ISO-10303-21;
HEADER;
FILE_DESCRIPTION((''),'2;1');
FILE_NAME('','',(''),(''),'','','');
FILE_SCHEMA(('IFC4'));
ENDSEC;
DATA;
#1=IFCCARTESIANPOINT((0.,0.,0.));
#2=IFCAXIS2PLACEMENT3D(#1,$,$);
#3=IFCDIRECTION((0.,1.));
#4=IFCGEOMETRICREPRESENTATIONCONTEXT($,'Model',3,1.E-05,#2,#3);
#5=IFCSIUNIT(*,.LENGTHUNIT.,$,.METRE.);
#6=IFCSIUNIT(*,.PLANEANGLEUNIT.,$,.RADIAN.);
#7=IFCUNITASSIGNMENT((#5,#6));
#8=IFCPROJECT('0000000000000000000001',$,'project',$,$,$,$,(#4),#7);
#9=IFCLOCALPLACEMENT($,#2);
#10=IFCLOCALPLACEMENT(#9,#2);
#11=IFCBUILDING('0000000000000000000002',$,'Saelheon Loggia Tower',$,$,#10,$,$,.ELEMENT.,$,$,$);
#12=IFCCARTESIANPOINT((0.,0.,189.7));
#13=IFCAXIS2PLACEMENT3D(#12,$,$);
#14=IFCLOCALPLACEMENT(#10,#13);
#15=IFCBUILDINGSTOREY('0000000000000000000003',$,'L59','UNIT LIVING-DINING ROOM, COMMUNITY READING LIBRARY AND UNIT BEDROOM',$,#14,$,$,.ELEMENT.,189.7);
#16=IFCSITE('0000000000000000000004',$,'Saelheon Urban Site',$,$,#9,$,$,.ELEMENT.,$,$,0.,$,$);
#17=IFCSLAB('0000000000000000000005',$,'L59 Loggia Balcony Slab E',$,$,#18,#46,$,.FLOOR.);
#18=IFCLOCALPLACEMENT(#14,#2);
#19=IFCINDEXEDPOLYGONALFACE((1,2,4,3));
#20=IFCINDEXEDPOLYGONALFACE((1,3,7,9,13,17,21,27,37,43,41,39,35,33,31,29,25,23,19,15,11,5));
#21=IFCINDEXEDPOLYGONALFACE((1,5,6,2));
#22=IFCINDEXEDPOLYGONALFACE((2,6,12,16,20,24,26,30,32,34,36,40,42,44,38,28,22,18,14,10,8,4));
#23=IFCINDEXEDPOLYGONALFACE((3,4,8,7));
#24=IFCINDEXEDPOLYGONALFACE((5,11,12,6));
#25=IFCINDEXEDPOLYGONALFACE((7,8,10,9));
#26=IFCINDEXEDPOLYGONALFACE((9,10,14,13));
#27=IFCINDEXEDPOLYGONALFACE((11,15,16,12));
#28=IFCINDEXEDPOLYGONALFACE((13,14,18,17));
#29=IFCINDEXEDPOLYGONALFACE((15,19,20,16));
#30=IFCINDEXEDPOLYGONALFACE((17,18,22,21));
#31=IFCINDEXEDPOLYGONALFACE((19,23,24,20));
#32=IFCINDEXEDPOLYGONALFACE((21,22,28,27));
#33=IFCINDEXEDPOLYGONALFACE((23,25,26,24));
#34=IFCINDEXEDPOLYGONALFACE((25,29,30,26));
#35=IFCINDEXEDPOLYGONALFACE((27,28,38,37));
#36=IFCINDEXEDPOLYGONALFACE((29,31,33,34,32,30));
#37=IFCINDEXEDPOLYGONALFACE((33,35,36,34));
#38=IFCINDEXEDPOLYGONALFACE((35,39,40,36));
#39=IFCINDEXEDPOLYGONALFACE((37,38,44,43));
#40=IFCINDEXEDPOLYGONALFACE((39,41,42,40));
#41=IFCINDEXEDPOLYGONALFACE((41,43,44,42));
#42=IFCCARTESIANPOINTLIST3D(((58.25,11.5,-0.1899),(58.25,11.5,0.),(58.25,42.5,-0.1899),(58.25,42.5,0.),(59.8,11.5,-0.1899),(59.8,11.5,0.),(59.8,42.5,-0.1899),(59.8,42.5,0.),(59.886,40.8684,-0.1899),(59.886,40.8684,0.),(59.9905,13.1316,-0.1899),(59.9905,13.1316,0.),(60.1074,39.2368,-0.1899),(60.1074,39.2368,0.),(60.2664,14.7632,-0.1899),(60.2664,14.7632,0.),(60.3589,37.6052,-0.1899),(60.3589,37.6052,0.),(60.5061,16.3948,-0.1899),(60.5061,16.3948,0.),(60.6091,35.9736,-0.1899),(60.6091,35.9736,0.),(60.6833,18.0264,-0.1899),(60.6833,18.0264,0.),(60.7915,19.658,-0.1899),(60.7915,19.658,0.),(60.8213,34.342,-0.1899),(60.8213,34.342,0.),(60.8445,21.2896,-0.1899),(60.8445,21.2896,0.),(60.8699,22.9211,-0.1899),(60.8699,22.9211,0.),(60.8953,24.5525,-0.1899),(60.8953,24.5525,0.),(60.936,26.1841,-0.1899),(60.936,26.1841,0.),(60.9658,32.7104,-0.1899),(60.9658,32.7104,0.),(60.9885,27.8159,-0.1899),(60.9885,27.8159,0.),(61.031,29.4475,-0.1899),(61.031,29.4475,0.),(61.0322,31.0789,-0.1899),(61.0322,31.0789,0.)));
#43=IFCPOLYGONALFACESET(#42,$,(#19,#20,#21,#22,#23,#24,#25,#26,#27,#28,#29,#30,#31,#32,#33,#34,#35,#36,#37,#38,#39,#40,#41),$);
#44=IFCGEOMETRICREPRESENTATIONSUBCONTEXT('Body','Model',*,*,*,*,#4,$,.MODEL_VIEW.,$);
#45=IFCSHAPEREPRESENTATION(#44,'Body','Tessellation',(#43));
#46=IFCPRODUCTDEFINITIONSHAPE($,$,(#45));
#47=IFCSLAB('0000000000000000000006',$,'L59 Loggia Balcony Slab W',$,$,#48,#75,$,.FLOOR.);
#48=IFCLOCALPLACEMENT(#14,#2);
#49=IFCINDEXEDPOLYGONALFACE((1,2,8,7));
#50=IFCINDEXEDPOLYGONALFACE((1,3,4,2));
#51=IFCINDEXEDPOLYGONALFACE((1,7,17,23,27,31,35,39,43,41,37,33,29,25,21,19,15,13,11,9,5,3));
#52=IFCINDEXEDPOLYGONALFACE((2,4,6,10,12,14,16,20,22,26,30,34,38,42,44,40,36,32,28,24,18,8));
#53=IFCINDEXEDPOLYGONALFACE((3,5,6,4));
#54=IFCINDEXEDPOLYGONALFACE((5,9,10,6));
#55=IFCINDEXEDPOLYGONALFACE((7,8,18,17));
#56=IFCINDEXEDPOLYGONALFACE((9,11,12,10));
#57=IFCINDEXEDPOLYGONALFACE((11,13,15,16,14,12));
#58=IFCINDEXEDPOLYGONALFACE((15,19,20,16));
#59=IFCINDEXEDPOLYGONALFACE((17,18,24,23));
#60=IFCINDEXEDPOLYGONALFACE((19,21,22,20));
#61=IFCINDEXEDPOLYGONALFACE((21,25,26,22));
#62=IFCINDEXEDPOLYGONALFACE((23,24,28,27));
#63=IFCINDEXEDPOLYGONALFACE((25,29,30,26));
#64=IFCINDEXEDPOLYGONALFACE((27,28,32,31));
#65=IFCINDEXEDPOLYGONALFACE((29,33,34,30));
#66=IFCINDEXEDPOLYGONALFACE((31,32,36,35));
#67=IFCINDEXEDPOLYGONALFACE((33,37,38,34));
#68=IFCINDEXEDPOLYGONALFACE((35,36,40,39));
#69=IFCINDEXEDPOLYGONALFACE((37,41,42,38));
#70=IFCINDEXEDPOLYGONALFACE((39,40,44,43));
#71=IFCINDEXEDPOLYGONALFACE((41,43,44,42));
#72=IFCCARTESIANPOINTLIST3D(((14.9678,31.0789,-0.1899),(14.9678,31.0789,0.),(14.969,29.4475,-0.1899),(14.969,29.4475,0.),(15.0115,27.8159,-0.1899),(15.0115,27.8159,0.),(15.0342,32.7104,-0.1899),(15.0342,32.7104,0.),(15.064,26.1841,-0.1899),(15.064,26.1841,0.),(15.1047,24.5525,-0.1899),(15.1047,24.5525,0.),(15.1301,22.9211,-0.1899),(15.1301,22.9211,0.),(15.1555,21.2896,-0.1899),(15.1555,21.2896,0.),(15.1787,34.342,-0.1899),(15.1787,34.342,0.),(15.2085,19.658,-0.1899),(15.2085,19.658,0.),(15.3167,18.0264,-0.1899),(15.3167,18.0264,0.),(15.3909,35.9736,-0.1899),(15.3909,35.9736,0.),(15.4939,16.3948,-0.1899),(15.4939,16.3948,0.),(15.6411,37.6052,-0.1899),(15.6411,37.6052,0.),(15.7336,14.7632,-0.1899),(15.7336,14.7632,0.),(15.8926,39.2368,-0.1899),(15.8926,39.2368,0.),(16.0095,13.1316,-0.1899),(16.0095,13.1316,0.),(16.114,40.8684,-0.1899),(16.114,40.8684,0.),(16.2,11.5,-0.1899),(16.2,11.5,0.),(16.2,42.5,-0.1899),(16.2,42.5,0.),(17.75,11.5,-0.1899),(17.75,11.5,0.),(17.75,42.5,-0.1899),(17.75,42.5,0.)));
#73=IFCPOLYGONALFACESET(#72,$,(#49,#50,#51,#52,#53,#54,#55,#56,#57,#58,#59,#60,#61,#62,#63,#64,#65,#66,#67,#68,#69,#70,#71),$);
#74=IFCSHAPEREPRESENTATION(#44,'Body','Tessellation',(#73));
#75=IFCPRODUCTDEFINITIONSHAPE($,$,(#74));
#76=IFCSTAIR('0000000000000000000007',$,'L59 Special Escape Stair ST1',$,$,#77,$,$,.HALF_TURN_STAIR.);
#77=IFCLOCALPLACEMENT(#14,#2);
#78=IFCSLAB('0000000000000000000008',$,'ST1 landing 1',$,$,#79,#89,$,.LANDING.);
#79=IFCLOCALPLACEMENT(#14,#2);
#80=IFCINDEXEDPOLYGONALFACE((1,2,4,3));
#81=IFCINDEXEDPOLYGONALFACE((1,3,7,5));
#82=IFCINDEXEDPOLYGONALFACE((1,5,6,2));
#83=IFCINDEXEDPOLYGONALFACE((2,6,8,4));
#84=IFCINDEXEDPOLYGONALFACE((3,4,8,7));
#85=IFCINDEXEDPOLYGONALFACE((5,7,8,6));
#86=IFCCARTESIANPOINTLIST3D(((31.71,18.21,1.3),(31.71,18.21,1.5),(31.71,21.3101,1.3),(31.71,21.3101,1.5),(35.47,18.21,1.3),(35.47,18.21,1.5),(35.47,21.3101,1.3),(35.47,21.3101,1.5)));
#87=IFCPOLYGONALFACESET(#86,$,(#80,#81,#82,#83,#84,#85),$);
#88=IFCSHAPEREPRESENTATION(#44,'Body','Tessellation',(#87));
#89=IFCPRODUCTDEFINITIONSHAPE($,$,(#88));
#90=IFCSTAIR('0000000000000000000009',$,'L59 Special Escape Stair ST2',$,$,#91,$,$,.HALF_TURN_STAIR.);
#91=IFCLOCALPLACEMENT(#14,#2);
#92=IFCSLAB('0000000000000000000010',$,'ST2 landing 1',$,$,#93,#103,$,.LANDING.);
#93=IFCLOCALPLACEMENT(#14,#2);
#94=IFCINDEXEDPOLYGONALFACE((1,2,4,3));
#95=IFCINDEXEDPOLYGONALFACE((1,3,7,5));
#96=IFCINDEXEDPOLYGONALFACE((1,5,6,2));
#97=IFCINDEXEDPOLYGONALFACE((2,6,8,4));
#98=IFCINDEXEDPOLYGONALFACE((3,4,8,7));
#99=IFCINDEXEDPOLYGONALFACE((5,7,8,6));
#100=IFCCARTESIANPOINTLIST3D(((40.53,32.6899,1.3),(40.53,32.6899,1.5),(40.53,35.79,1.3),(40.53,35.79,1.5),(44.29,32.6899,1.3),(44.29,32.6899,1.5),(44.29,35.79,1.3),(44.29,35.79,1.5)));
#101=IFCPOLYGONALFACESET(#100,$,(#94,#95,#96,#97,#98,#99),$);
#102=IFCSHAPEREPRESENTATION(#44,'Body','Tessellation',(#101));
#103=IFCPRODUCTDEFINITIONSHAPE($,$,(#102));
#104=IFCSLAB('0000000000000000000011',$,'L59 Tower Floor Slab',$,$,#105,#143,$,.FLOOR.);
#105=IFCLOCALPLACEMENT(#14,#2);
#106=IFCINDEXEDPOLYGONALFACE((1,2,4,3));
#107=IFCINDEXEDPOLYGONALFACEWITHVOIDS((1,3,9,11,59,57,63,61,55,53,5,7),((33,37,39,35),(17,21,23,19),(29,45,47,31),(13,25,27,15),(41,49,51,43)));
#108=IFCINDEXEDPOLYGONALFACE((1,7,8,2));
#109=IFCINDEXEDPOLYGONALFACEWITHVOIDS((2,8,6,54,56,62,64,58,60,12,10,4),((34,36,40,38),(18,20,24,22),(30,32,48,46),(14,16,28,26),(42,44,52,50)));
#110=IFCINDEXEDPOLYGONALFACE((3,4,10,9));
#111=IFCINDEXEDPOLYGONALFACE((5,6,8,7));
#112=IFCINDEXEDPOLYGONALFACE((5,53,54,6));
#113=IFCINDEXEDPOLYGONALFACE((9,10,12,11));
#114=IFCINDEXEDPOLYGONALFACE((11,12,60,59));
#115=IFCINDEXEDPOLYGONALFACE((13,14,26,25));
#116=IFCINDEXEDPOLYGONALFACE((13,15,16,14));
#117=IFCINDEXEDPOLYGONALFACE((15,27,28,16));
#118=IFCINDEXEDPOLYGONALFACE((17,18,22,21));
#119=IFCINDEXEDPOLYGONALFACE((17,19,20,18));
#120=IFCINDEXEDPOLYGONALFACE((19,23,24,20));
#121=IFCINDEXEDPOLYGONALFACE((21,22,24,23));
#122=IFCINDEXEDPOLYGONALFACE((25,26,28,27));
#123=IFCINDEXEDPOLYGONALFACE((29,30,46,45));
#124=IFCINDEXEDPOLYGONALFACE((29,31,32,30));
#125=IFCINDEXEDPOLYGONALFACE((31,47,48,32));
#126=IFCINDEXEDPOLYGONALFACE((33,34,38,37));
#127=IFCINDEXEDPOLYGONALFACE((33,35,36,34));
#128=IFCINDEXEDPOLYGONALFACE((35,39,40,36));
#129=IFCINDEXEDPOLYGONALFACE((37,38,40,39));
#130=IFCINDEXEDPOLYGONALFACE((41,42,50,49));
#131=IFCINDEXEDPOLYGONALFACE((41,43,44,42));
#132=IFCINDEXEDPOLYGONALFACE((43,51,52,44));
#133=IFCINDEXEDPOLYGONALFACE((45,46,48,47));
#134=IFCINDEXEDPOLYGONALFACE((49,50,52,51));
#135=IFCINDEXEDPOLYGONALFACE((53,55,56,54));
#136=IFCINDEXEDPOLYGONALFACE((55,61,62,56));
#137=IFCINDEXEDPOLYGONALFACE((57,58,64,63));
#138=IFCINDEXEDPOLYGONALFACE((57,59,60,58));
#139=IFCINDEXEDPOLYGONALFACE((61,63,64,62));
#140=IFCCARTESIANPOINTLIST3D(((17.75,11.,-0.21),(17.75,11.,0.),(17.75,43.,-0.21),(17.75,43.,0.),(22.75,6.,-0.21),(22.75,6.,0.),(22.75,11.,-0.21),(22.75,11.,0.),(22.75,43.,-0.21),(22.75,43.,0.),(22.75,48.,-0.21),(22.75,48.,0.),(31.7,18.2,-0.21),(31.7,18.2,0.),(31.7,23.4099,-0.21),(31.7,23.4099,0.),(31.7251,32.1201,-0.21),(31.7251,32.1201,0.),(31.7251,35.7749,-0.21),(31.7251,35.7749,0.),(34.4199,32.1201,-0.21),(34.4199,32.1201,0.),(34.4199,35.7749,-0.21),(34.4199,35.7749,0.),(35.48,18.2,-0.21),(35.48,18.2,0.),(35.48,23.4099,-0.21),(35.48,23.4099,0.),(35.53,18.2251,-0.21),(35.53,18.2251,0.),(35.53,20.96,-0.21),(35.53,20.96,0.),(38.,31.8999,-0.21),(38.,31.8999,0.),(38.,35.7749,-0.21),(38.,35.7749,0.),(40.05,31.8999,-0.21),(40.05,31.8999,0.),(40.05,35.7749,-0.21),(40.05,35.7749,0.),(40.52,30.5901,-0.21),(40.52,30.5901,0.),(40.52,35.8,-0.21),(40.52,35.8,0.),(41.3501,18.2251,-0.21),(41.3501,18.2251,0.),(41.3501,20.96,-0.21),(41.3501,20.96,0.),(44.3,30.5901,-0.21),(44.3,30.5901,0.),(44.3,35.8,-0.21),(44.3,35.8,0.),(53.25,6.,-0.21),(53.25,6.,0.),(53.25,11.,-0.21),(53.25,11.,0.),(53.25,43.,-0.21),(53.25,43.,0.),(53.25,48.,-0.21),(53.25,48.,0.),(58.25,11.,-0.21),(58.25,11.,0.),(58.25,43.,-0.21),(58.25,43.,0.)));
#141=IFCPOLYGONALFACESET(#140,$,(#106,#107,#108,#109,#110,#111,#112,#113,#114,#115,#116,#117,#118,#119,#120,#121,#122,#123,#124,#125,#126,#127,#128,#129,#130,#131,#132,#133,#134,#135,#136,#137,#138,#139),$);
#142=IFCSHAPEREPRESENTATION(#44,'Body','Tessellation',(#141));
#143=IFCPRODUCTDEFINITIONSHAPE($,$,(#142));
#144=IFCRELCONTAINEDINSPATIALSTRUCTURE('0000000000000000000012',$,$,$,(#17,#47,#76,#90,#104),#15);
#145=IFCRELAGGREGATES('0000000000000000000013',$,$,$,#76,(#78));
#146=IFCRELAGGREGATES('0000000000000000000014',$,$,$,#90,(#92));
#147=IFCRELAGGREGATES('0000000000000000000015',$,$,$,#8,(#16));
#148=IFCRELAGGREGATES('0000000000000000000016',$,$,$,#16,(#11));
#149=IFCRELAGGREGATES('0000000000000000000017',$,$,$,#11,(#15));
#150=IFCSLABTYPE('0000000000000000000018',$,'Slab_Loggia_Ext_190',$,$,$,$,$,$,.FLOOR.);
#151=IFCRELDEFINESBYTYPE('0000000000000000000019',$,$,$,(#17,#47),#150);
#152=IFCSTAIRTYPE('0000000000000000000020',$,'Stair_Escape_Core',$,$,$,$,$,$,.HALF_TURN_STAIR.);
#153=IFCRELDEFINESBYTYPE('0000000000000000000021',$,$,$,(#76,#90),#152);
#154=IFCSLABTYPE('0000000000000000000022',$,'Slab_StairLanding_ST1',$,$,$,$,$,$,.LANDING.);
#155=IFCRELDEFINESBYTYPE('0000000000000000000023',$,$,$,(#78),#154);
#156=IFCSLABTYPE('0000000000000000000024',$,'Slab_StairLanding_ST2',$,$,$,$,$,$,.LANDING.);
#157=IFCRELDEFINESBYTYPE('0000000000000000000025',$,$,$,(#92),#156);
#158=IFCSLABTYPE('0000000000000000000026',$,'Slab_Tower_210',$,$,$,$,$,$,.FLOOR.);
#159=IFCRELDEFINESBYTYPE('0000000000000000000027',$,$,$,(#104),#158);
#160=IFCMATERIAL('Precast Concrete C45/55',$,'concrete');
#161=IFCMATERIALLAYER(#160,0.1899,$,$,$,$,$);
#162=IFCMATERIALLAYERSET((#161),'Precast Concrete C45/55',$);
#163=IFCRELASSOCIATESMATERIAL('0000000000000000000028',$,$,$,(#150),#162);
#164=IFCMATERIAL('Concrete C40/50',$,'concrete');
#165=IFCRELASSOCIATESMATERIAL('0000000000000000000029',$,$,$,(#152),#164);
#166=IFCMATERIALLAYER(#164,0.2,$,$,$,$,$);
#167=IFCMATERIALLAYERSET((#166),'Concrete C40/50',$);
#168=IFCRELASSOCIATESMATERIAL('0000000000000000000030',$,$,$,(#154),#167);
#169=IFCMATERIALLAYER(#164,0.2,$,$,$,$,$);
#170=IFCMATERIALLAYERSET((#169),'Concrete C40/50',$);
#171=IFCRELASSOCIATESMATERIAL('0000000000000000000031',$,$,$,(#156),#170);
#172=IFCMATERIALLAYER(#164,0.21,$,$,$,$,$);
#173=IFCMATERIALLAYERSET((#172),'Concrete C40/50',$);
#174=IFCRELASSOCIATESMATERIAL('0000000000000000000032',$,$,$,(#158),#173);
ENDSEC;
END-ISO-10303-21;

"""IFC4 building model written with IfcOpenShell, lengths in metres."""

from ifc_helpers import new_model, si_unit, direction, frame, origin, place, context, subcontext, project, spatial, polyline, outline, extrude, material, layer, layer_set, type_object, element, aggregate, save


model = new_model("IFC4")

# Units and contexts
model_context = context("Model", 3, precision=1e-05, world=origin(), true_north=direction((0.0, 1.0)))
body_context = subcontext(model_context, "Body", "Model", "MODEL_VIEW")
ifc_project = project(units=[si_unit("LENGTHUNIT", "METRE"), si_unit("PLANEANGLEUNIT", "RADIAN")], contexts=[model_context])

# Site, building, storey
site_placement = place(None, origin())
site = spatial("IfcSite", under=ifc_project, at=site_placement, Name="Saelheon Urban Site", CompositionType="ELEMENT", RefElevation=0.0)
building_placement = place(site_placement, origin())
building = spatial("IfcBuilding", under=site, at=building_placement, Name="Saelheon Loggia Tower", CompositionType="ELEMENT")
storey_placement = place(building_placement, frame((0.0, 0.0, 189.7)))
storey = spatial("IfcBuildingStorey", under=building, at=storey_placement, Name="L59", Description="UNIT LIVING-DINING ROOM, COMMUNITY READING LIBRARY AND UNIT BEDROOM", CompositionType="ELEMENT", Elevation=189.7)

# Shared definitions
ifc_material_1 = material(Name="Precast Concrete C45/55", Category="concrete")

# Shared definitions
ifc_material_2 = material(Name="Concrete C40/50", Category="concrete")

# Slabs
ifc_layer_1 = layer(ifc_material_1, 0.1899)
ifc_layer_set_1 = layer_set([ifc_layer_1], Name="Precast Concrete C45/55")
slab_type_1 = type_object("IfcSlabType", Name="Slab_Loggia_Ext_190", PredefinedType="FLOOR", material=ifc_layer_set_1)
slab_1_placement = place(storey_placement, frame((0.0, 0.0, -0.1899)))
element("IfcSlab", 1, at=slab_1_placement, inside=storey, type_object=slab_type_1, Name="L59 Loggia Balcony Slab E", PredefinedType="FLOOR", context=body_context, shape_type="SweptSolid", body=[
    extrude(outline(polyline([(58.25, 11.5), (59.8, 11.5), (59.9905, 13.1316), (60.2664, 14.7632), (60.5061, 16.3948), (60.6833, 18.0264), (60.7915, 19.658), (60.8445, 21.2896), (60.8699, 22.9211), (60.8953, 24.5525), (60.936, 26.1841), (60.9885, 27.8159), (61.031, 29.4475), (61.0322, 31.0789), (60.9658, 32.7104), (60.8213, 34.342), (60.6091, 35.9736), (60.3589, 37.6052), (60.1074, 39.2368), (59.886, 40.8684), (59.8, 42.5), (58.25, 42.5), (58.25, 11.5)])), origin(), (0.0, 0.0, 1.0), 0.1899),
])
slab_2_placement = place(storey_placement, frame((0.0, 0.0, -0.1899)))
element("IfcSlab", 2, at=slab_2_placement, inside=storey, type_object=slab_type_1, Name="L59 Loggia Balcony Slab W", PredefinedType="FLOOR", context=body_context, shape_type="SweptSolid", body=[
    extrude(outline(polyline([(17.75, 11.5), (17.75, 42.5), (16.2, 42.5), (16.114, 40.8684), (15.8926, 39.2368), (15.6411, 37.6052), (15.3909, 35.9736), (15.1787, 34.342), (15.0342, 32.7104), (14.9678, 31.0789), (14.969, 29.4475), (15.0115, 27.8159), (15.064, 26.1841), (15.1047, 24.5525), (15.1301, 22.9211), (15.1555, 21.2896), (15.2085, 19.658), (15.3167, 18.0264), (15.4939, 16.3948), (15.7336, 14.7632), (16.0095, 13.1316), (16.2, 11.5), (17.75, 11.5)])), origin(), (0.0, 0.0, 1.0), 0.1899),
])

# Stairs, slabs
stair_type = type_object("IfcStairType", Name="Stair_Escape_Core", PredefinedType="HALF_TURN_STAIR", material=ifc_material_2)
stair_1_placement = place(storey_placement, origin())
stair_1 = element("IfcStair", 3, at=stair_1_placement, inside=storey, type_object=stair_type, Name="L59 Special Escape Stair ST1", PredefinedType="HALF_TURN_STAIR")
ifc_layer_2 = layer(ifc_material_2, 0.2)
ifc_layer_set_2 = layer_set([ifc_layer_2], Name="Concrete C40/50")
slab_type_2 = type_object("IfcSlabType", Name="Slab_StairLanding_ST1", PredefinedType="LANDING", material=ifc_layer_set_2)
slab_3_placement = place(storey_placement, frame((0.0, 0.0, 1.3)))
slab_3 = element("IfcSlab", 4, at=slab_3_placement, type_object=slab_type_2, Name="ST1 landing 1", PredefinedType="LANDING", context=body_context, shape_type="SweptSolid", body=[
    extrude(outline(polyline([(31.71, 21.3101), (31.71, 18.21), (35.47, 18.21), (35.47, 21.3101), (31.71, 21.3101)])), origin(), (0.0, 0.0, 1.0), 0.2),
])
aggregate(stair_1, [slab_3])
stair_2_placement = place(storey_placement, origin())
stair_2 = element("IfcStair", 5, at=stair_2_placement, inside=storey, type_object=stair_type, Name="L59 Special Escape Stair ST2", PredefinedType="HALF_TURN_STAIR")
ifc_layer_3 = layer(ifc_material_2, 0.2)
ifc_layer_set_3 = layer_set([ifc_layer_3], Name="Concrete C40/50")
slab_type_3 = type_object("IfcSlabType", Name="Slab_StairLanding_ST2", PredefinedType="LANDING", material=ifc_layer_set_3)
slab_4_placement = place(storey_placement, frame((0.0, 0.0, 1.3)))
slab_4 = element("IfcSlab", 6, at=slab_4_placement, type_object=slab_type_3, Name="ST2 landing 1", PredefinedType="LANDING", context=body_context, shape_type="SweptSolid", body=[
    extrude(outline(polyline([(44.29, 32.6899), (44.29, 35.79), (40.53, 35.79), (40.53, 32.6899), (44.29, 32.6899)])), origin(), (0.0, 0.0, 1.0), 0.2),
])
aggregate(stair_2, [slab_4])

# Slab
ifc_layer_4 = layer(ifc_material_2, 0.21)
ifc_layer_set_4 = layer_set([ifc_layer_4], Name="Concrete C40/50")
slab_type_4 = type_object("IfcSlabType", Name="Slab_Tower_210", PredefinedType="FLOOR", material=ifc_layer_set_4)
slab_5_placement = place(storey_placement, frame((0.0, 0.0, -0.21)))
element("IfcSlab", 7, at=slab_5_placement, inside=storey, type_object=slab_type_4, Name="L59 Tower Floor Slab", PredefinedType="FLOOR", context=body_context, shape_type="SweptSolid", body=[
    extrude(outline(polyline([(22.75, 6.0), (53.25, 6.0), (53.25, 11.0), (58.25, 11.0), (58.25, 43.0), (53.25, 43.0), (53.25, 48.0), (22.75, 48.0), (22.75, 43.0), (17.75, 43.0), (17.75, 11.0), (22.75, 11.0), (22.75, 6.0)]), holes=[polyline([(31.7, 23.4099), (31.7, 18.2), (35.48, 18.2), (35.48, 23.4099), (31.7, 23.4099)]), polyline([(44.3, 30.5901), (44.3, 35.8), (40.52, 35.8), (40.52, 30.5901), (44.3, 30.5901)]), polyline([(35.53, 18.2251), (41.3501, 18.2251), (41.3501, 20.96), (35.53, 20.96), (35.53, 18.2251)]), polyline([(31.7251, 32.1201), (34.4199, 32.1201), (34.4199, 35.7749), (31.7251, 35.7749), (31.7251, 32.1201)]), polyline([(38.0, 31.8999), (40.05, 31.8999), (40.05, 35.7749), (38.0, 35.7749), (38.0, 31.8999)])]), origin(), (0.0, 0.0, 1.0), 0.21),
])

save(model, "model.ifc")
